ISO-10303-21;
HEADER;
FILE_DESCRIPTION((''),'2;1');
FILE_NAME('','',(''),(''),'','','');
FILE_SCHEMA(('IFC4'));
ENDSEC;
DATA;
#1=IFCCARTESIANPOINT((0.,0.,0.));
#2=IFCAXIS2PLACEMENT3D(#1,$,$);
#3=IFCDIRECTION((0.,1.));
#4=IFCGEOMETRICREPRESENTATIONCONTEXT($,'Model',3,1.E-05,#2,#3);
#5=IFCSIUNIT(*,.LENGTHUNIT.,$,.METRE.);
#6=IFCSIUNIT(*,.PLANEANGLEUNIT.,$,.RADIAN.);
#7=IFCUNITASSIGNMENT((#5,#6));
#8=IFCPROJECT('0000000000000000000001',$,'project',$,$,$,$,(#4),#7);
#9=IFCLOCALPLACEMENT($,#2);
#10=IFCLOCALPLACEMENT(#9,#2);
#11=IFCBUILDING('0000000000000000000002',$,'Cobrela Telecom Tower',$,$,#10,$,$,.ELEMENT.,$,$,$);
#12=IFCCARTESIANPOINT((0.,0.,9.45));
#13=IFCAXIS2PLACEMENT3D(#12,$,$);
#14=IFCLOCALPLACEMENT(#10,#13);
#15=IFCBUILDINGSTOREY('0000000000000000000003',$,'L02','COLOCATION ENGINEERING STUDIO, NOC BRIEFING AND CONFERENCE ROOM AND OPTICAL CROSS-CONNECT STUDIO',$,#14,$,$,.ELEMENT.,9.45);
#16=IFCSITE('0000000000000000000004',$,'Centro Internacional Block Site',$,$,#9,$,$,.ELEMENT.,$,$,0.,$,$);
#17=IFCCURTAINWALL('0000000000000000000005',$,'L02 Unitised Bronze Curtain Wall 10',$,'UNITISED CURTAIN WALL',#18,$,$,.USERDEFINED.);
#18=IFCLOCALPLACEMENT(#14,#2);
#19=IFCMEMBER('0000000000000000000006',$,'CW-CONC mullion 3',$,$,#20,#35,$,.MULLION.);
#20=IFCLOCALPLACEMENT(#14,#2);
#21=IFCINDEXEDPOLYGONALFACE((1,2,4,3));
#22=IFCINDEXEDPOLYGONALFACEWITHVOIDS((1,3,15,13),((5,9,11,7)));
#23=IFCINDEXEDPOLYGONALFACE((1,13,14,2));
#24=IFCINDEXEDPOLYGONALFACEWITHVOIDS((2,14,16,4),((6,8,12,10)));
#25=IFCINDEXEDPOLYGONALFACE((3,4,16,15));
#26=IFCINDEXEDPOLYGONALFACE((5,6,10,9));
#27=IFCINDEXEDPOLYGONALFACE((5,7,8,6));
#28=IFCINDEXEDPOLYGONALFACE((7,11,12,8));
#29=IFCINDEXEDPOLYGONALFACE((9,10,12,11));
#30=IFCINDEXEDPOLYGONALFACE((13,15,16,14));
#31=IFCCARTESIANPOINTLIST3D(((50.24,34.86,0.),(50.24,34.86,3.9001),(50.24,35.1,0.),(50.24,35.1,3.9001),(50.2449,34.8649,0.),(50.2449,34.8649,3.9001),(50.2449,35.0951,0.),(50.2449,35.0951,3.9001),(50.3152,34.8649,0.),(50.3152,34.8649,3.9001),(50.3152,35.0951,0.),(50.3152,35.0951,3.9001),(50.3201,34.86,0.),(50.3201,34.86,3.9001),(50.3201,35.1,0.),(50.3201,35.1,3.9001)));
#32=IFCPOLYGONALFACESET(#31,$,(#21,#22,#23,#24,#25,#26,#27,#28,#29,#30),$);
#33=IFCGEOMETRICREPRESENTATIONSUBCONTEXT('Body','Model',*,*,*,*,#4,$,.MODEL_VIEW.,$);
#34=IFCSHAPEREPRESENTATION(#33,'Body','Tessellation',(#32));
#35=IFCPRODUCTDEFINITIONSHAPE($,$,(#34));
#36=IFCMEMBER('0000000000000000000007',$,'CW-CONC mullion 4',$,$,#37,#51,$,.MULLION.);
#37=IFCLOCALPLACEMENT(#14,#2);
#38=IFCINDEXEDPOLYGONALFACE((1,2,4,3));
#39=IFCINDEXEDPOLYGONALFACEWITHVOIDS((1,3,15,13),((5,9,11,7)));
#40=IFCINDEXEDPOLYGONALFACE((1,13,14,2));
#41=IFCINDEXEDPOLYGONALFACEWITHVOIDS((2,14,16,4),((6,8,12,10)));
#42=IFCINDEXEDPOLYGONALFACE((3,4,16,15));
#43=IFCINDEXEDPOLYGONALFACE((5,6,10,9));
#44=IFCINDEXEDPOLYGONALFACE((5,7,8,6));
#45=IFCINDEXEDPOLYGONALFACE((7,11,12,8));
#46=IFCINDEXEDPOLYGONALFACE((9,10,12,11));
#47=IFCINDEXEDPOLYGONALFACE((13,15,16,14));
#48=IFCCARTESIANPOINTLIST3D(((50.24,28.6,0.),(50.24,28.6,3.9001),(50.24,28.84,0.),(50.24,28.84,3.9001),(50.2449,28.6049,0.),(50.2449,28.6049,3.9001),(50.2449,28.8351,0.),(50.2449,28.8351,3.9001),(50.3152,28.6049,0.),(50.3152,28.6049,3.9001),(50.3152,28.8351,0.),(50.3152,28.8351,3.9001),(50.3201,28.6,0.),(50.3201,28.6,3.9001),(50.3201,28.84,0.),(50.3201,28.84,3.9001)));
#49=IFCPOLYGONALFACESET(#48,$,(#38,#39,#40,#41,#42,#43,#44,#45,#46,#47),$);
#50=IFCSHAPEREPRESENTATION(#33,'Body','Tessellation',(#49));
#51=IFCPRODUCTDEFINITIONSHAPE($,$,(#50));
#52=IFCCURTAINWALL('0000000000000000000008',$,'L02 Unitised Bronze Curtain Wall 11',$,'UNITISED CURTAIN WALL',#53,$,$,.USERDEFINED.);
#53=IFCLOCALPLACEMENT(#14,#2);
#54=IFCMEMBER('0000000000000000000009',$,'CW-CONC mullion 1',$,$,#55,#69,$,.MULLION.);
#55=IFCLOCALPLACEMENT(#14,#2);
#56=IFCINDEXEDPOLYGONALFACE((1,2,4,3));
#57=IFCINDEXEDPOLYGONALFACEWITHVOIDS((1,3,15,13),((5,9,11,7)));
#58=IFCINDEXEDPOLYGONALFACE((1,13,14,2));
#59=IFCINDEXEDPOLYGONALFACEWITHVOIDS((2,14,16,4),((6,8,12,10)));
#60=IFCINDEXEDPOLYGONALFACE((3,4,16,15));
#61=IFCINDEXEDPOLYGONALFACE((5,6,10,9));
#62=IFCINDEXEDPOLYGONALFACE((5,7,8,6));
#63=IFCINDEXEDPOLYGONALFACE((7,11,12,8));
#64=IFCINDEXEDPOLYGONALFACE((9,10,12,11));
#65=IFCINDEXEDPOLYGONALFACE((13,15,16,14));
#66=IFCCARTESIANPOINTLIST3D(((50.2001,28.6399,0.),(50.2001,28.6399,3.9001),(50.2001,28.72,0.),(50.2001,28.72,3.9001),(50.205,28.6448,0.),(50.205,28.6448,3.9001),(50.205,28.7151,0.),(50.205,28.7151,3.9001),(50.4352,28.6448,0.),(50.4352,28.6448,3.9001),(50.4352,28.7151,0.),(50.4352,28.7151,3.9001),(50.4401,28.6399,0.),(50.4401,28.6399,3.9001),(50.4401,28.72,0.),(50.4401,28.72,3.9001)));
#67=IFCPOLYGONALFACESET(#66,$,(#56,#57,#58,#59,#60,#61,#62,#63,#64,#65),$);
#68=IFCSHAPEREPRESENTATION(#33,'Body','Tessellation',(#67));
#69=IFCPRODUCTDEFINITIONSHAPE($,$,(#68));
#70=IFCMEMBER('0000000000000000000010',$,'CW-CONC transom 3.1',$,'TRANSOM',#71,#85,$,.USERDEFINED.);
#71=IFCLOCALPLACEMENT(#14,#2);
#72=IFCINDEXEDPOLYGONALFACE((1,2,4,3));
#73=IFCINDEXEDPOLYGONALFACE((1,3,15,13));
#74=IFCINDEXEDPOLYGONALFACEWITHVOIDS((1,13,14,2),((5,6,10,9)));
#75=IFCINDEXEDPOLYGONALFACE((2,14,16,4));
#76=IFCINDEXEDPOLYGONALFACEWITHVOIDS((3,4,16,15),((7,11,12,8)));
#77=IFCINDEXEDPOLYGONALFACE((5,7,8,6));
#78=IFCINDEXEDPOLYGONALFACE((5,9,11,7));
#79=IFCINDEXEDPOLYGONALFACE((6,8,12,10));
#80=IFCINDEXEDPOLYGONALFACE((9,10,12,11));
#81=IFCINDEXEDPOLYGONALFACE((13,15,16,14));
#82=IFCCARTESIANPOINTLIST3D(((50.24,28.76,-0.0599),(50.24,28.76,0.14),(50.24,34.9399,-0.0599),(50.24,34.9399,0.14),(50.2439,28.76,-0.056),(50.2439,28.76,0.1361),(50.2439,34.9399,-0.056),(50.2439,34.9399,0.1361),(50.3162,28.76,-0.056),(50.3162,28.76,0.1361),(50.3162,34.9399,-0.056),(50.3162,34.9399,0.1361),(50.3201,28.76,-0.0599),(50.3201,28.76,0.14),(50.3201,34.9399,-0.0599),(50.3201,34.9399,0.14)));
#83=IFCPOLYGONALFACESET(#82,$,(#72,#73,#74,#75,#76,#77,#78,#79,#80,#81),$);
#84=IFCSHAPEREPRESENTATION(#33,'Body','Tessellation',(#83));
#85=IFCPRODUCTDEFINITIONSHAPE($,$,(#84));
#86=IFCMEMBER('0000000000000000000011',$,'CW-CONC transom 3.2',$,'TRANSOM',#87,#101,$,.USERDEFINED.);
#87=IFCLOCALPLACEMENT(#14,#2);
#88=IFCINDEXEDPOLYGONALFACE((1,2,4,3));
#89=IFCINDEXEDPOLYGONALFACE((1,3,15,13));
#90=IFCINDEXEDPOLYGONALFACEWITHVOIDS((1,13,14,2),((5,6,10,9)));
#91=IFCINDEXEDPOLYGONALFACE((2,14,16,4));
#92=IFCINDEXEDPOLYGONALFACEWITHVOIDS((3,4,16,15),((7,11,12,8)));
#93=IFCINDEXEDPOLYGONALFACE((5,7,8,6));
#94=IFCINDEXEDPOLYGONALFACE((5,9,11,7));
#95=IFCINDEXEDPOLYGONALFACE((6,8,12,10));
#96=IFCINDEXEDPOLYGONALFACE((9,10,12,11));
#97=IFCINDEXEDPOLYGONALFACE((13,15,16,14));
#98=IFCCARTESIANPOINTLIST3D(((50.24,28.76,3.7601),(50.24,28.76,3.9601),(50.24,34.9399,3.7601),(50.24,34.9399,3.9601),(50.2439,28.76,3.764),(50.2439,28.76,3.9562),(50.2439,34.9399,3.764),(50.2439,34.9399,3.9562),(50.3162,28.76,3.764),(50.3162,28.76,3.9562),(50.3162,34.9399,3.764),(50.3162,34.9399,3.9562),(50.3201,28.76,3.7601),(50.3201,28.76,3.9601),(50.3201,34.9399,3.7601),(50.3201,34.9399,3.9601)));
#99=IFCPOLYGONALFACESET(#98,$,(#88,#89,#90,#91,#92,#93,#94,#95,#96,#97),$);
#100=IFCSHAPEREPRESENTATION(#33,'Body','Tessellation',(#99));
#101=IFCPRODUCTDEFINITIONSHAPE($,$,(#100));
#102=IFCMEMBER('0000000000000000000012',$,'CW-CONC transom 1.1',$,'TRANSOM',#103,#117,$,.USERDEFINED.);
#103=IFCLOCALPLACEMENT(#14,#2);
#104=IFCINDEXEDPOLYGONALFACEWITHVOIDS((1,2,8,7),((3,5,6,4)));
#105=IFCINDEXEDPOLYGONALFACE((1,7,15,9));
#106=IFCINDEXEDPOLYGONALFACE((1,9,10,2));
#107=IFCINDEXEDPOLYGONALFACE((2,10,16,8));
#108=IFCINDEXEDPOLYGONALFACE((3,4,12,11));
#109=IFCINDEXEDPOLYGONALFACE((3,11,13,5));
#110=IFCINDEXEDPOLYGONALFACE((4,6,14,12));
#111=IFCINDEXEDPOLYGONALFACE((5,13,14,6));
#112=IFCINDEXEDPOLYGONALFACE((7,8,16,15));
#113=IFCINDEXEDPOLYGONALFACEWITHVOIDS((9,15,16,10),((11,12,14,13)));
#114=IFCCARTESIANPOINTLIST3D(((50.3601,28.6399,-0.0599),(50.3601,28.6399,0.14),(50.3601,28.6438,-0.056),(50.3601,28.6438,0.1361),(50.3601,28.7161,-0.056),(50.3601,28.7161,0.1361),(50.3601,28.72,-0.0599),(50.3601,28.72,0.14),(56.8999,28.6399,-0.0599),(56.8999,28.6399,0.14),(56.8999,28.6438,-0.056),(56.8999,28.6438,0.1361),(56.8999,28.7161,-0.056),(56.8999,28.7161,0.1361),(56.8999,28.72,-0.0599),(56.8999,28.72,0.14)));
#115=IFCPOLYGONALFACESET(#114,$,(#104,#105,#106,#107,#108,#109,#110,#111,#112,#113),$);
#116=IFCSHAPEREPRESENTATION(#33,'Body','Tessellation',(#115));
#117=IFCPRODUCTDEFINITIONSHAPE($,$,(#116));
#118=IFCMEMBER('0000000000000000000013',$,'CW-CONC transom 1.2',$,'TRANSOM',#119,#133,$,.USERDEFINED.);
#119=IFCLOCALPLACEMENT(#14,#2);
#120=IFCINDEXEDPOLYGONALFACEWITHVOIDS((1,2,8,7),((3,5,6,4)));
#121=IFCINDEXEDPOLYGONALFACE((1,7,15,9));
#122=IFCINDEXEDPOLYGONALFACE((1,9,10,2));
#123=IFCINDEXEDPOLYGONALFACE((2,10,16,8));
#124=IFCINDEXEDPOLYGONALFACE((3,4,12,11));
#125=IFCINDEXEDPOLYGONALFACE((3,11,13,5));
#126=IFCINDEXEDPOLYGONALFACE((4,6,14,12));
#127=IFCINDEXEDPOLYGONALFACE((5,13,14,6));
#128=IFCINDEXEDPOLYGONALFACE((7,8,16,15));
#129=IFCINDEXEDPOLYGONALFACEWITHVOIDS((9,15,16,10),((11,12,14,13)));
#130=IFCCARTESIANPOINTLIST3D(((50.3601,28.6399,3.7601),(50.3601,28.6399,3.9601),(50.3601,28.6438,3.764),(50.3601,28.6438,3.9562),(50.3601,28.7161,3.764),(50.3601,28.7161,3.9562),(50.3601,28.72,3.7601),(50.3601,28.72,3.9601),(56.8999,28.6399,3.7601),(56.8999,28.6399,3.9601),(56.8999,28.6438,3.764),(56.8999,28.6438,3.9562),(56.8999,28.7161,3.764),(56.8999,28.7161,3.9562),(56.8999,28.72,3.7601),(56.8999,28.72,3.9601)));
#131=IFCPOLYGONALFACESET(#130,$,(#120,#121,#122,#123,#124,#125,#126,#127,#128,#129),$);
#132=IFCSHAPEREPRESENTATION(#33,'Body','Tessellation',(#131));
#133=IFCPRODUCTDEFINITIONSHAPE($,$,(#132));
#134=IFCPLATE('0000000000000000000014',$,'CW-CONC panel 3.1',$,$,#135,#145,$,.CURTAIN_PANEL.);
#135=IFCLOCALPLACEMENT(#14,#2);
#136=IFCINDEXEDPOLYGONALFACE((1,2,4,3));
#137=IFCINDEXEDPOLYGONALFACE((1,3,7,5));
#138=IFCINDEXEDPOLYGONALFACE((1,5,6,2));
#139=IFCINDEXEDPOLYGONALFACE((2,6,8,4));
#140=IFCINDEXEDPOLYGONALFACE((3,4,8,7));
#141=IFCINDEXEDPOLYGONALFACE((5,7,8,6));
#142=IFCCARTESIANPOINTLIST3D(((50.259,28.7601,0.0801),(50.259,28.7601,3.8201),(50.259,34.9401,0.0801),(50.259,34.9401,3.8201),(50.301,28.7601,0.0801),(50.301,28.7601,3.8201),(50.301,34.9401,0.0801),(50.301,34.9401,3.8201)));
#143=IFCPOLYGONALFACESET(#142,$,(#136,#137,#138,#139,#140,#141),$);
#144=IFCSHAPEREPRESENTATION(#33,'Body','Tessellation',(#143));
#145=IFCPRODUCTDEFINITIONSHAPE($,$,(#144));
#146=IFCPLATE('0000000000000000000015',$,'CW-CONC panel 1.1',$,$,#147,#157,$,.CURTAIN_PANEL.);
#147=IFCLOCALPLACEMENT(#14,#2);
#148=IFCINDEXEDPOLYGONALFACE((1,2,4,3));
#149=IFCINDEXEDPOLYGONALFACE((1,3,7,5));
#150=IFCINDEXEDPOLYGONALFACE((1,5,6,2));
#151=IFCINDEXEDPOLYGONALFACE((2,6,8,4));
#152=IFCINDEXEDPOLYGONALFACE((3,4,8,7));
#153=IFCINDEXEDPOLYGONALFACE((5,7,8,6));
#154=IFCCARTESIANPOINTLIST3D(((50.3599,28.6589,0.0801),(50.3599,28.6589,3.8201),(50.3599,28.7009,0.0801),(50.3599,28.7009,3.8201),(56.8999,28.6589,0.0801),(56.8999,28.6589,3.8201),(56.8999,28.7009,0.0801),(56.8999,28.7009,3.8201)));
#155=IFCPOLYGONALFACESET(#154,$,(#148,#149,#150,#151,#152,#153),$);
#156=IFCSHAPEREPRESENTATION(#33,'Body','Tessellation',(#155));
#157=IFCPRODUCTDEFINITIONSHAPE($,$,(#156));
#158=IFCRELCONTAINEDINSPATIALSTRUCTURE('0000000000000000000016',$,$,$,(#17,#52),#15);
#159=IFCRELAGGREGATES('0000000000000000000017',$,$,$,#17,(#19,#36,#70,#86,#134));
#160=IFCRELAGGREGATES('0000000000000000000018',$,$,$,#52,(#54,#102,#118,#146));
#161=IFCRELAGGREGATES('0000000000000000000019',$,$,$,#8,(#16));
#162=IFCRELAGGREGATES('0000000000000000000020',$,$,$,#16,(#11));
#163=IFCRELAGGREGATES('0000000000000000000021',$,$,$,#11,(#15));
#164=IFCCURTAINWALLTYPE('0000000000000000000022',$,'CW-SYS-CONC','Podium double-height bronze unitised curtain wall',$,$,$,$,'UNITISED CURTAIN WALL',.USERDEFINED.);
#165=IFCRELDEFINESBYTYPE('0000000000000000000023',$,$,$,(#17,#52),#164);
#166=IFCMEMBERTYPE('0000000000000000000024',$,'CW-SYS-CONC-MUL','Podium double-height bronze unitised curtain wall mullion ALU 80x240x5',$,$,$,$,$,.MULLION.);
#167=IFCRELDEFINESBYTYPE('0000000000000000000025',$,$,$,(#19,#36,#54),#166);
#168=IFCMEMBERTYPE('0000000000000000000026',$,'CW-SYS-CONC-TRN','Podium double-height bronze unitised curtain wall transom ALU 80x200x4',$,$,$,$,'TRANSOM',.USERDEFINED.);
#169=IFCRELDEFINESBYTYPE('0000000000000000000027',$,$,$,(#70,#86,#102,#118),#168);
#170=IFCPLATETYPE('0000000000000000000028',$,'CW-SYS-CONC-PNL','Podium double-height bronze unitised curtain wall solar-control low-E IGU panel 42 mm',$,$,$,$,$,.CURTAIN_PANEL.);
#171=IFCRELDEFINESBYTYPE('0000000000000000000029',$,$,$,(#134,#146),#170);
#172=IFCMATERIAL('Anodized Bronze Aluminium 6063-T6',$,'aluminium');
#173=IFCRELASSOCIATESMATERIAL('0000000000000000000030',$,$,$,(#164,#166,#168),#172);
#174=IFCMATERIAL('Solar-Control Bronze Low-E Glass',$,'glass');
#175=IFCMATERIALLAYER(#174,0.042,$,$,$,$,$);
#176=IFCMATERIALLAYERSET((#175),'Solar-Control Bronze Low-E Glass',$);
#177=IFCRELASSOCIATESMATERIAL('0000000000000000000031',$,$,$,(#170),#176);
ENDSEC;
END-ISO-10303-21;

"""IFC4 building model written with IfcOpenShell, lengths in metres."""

from ifc_helpers import new_model, si_unit, direction, frame, origin, origin_2d, place, context, subcontext, project, spatial, rectangle, hollow_rectangle, extrude, material, layer, layer_set, material_profile, profile_set, type_object, element, aggregate, save


model = new_model("IFC4")

# Units and contexts
model_context = context("Model", 3, precision=1e-05, world=origin(), true_north=direction((0.0, 1.0)))
body_context = subcontext(model_context, "Body", "Model", "MODEL_VIEW")
ifc_project = project(units=[si_unit("LENGTHUNIT", "METRE"), si_unit("PLANEANGLEUNIT", "RADIAN")], contexts=[model_context])

# Site, building, storey
site_placement = place(None, origin())
site = spatial("IfcSite", under=ifc_project, at=site_placement, Name="Centro Internacional Block Site", CompositionType="ELEMENT", RefElevation=0.0)
building_placement = place(site_placement, origin())
building = spatial("IfcBuilding", under=site, at=building_placement, Name="Cobrela Telecom Tower", CompositionType="ELEMENT")
storey_placement = place(building_placement, frame((0.0, 0.0, 9.45)))
storey = spatial("IfcBuildingStorey", under=building, at=storey_placement, Name="L02", Description="COLOCATION ENGINEERING STUDIO, NOC BRIEFING AND CONFERENCE ROOM AND OPTICAL CROSS-CONNECT STUDIO", CompositionType="ELEMENT", Elevation=9.45)

# Curtain wall, members
ifc_material_1 = material(Name="Anodized Bronze Aluminium 6063-T6", Category="aluminium")
curtain_wall_type = type_object("IfcCurtainWallType", Name="CW-SYS-CONC", Description="Podium double-height bronze unitised curtain wall", ElementType="UNITISED CURTAIN WALL", PredefinedType="USERDEFINED", material=ifc_material_1)
curtain_wall_1_placement = place(storey_placement, origin())
curtain_wall_1 = element("IfcCurtainWall", 1, at=curtain_wall_1_placement, inside=storey, type_object=curtain_wall_type, Name="L02 Unitised Bronze Curtain Wall 10", ObjectType="UNITISED CURTAIN WALL", PredefinedType="USERDEFINED")
ifc_material_profile_1 = material_profile(ifc_material_1, hollow_rectangle(XDim=0.0801, YDim=0.24, WallThickness=0.0049, at=origin_2d()), Name="ALU 80x240x5")
ifc_profile_set_1 = profile_set([ifc_material_profile_1], Name="Anodized Bronze Aluminium 6063-T6")
member_type_1 = type_object("IfcMemberType", Name="CW-SYS-CONC-MUL", Description="Podium double-height bronze unitised curtain wall mullion ALU 80x240x5", PredefinedType="MULLION", material=ifc_profile_set_1)
member_1_placement = place(storey_placement, frame((50.28, 34.98, 0.0), z_axis=(0.0, 0.0, 1.0), x_axis=(1.0, 0.0, 0.0)))
member_1 = element("IfcMember", 2, at=member_1_placement, type_object=member_type_1, Name="CW-CONC mullion 3", PredefinedType="MULLION", context=body_context, shape_type="SweptSolid", body=[
    extrude(hollow_rectangle(XDim=0.0801, YDim=0.24, WallThickness=0.0049, at=origin_2d()), origin(), (0.0, 0.0, 1.0), 3.9001),
])
member_2_placement = place(storey_placement, frame((50.28, 28.72, 0.0), z_axis=(0.0, 0.0, 1.0), x_axis=(1.0, 0.0, 0.0)))
member_2 = element("IfcMember", 3, at=member_2_placement, type_object=member_type_1, Name="CW-CONC mullion 4", PredefinedType="MULLION", context=body_context, shape_type="SweptSolid", body=[
    extrude(hollow_rectangle(XDim=0.0801, YDim=0.24, WallThickness=0.0049, at=origin_2d()), origin(), (0.0, 0.0, 1.0), 3.9001),
])

# Curtain wall, member
curtain_wall_2_placement = place(storey_placement, origin())
curtain_wall_2 = element("IfcCurtainWall", 4, at=curtain_wall_2_placement, inside=storey, type_object=curtain_wall_type, Name="L02 Unitised Bronze Curtain Wall 11", ObjectType="UNITISED CURTAIN WALL", PredefinedType="USERDEFINED")
member_3_placement = place(storey_placement, frame((50.3201, 28.6799, 0.0), z_axis=(0.0, 0.0, 1.0), x_axis=(0.0, 1.0, 0.0)))
member_3 = element("IfcMember", 5, at=member_3_placement, type_object=member_type_1, Name="CW-CONC mullion 1", PredefinedType="MULLION", context=body_context, shape_type="SweptSolid", body=[
    extrude(hollow_rectangle(XDim=0.0801, YDim=0.24, WallThickness=0.0049, at=origin_2d()), origin(), (0.0, 0.0, 1.0), 3.9001),
])

# Members
ifc_material_profile_2 = material_profile(ifc_material_1, hollow_rectangle(XDim=0.0801, YDim=0.2, WallThickness=0.0039, at=origin_2d()), Name="ALU 80x200x4")
ifc_profile_set_2 = profile_set([ifc_material_profile_2], Name="Anodized Bronze Aluminium 6063-T6")
member_type_2 = type_object("IfcMemberType", Name="CW-SYS-CONC-TRN", Description="Podium double-height bronze unitised curtain wall transom ALU 80x200x4", ElementType="TRANSOM", PredefinedType="USERDEFINED", material=ifc_profile_set_2)
member_4_placement = place(storey_placement, frame((50.28, 34.9399, 0.04), z_axis=(0.0, -1.0, 0.0), x_axis=(1.0, 0.0, 0.0)))
member_4 = element("IfcMember", 6, at=member_4_placement, type_object=member_type_2, Name="CW-CONC transom 3.1", ObjectType="TRANSOM", PredefinedType="USERDEFINED", context=body_context, shape_type="SweptSolid", body=[
    extrude(hollow_rectangle(XDim=0.0801, YDim=0.2, WallThickness=0.0039, at=origin_2d()), origin(), (0.0, 0.0, 1.0), 6.1799),
])
member_5_placement = place(storey_placement, frame((50.28, 34.9399, 3.8601), z_axis=(0.0, -1.0, 0.0), x_axis=(1.0, 0.0, 0.0)))
member_5 = element("IfcMember", 7, at=member_5_placement, type_object=member_type_2, Name="CW-CONC transom 3.2", ObjectType="TRANSOM", PredefinedType="USERDEFINED", context=body_context, shape_type="SweptSolid", body=[
    extrude(hollow_rectangle(XDim=0.0801, YDim=0.2, WallThickness=0.0039, at=origin_2d()), origin(), (0.0, 0.0, 1.0), 6.1799),
])
member_6_placement = place(storey_placement, frame((50.3601, 28.6799, 0.04), z_axis=(1.0, 0.0, 0.0), x_axis=(0.0, 1.0, 0.0)))
member_6 = element("IfcMember", 8, at=member_6_placement, type_object=member_type_2, Name="CW-CONC transom 1.1", ObjectType="TRANSOM", PredefinedType="USERDEFINED", context=body_context, shape_type="SweptSolid", body=[
    extrude(hollow_rectangle(XDim=0.0801, YDim=0.2, WallThickness=0.0039, at=origin_2d()), origin(), (0.0, 0.0, 1.0), 6.5398),
])
member_7_placement = place(storey_placement, frame((50.3601, 28.6799, 3.8601), z_axis=(1.0, 0.0, 0.0), x_axis=(0.0, 1.0, 0.0)))
member_7 = element("IfcMember", 9, at=member_7_placement, type_object=member_type_2, Name="CW-CONC transom 1.2", ObjectType="TRANSOM", PredefinedType="USERDEFINED", context=body_context, shape_type="SweptSolid", body=[
    extrude(hollow_rectangle(XDim=0.0801, YDim=0.2, WallThickness=0.0039, at=origin_2d()), origin(), (0.0, 0.0, 1.0), 6.5398),
])

# Plates
ifc_material_2 = material(Name="Solar-Control Bronze Low-E Glass", Category="glass")
ifc_layer = layer(ifc_material_2, 0.042)
ifc_layer_set = layer_set([ifc_layer], Name="Solar-Control Bronze Low-E Glass")
plate_type = type_object("IfcPlateType", Name="CW-SYS-CONC-PNL", Description="Podium double-height bronze unitised curtain wall solar-control low-E IGU panel 42 mm", PredefinedType="CURTAIN_PANEL", material=ifc_layer_set)
plate_1_placement = place(storey_placement, frame((50.28, 31.8501, 0.0801), z_axis=(0.0, 0.0, 1.0), x_axis=(0.0, -1.0, 0.0)))
plate_1 = element("IfcPlate", 10, at=plate_1_placement, type_object=plate_type, Name="CW-CONC panel 3.1", PredefinedType="CURTAIN_PANEL", context=body_context, shape_type="SweptSolid", body=[
    extrude(rectangle(XDim=6.1799, YDim=0.042, at=origin_2d()), origin(), (0.0, 0.0, 1.0), 3.74),
])
aggregate(curtain_wall_1, [member_1, member_2, member_4, member_5, plate_1])
plate_2_placement = place(storey_placement, frame((53.6299, 28.6799, 0.0801), z_axis=(0.0, 0.0, 1.0), x_axis=(1.0, 0.0, 0.0)))
plate_2 = element("IfcPlate", 11, at=plate_2_placement, type_object=plate_type, Name="CW-CONC panel 1.1", PredefinedType="CURTAIN_PANEL", context=body_context, shape_type="SweptSolid", body=[
    extrude(rectangle(XDim=6.54, YDim=0.042, at=origin_2d()), origin(), (0.0, 0.0, 1.0), 3.74),
])
aggregate(curtain_wall_2, [member_3, member_6, member_7, plate_2])

save(model, "model.ifc")
